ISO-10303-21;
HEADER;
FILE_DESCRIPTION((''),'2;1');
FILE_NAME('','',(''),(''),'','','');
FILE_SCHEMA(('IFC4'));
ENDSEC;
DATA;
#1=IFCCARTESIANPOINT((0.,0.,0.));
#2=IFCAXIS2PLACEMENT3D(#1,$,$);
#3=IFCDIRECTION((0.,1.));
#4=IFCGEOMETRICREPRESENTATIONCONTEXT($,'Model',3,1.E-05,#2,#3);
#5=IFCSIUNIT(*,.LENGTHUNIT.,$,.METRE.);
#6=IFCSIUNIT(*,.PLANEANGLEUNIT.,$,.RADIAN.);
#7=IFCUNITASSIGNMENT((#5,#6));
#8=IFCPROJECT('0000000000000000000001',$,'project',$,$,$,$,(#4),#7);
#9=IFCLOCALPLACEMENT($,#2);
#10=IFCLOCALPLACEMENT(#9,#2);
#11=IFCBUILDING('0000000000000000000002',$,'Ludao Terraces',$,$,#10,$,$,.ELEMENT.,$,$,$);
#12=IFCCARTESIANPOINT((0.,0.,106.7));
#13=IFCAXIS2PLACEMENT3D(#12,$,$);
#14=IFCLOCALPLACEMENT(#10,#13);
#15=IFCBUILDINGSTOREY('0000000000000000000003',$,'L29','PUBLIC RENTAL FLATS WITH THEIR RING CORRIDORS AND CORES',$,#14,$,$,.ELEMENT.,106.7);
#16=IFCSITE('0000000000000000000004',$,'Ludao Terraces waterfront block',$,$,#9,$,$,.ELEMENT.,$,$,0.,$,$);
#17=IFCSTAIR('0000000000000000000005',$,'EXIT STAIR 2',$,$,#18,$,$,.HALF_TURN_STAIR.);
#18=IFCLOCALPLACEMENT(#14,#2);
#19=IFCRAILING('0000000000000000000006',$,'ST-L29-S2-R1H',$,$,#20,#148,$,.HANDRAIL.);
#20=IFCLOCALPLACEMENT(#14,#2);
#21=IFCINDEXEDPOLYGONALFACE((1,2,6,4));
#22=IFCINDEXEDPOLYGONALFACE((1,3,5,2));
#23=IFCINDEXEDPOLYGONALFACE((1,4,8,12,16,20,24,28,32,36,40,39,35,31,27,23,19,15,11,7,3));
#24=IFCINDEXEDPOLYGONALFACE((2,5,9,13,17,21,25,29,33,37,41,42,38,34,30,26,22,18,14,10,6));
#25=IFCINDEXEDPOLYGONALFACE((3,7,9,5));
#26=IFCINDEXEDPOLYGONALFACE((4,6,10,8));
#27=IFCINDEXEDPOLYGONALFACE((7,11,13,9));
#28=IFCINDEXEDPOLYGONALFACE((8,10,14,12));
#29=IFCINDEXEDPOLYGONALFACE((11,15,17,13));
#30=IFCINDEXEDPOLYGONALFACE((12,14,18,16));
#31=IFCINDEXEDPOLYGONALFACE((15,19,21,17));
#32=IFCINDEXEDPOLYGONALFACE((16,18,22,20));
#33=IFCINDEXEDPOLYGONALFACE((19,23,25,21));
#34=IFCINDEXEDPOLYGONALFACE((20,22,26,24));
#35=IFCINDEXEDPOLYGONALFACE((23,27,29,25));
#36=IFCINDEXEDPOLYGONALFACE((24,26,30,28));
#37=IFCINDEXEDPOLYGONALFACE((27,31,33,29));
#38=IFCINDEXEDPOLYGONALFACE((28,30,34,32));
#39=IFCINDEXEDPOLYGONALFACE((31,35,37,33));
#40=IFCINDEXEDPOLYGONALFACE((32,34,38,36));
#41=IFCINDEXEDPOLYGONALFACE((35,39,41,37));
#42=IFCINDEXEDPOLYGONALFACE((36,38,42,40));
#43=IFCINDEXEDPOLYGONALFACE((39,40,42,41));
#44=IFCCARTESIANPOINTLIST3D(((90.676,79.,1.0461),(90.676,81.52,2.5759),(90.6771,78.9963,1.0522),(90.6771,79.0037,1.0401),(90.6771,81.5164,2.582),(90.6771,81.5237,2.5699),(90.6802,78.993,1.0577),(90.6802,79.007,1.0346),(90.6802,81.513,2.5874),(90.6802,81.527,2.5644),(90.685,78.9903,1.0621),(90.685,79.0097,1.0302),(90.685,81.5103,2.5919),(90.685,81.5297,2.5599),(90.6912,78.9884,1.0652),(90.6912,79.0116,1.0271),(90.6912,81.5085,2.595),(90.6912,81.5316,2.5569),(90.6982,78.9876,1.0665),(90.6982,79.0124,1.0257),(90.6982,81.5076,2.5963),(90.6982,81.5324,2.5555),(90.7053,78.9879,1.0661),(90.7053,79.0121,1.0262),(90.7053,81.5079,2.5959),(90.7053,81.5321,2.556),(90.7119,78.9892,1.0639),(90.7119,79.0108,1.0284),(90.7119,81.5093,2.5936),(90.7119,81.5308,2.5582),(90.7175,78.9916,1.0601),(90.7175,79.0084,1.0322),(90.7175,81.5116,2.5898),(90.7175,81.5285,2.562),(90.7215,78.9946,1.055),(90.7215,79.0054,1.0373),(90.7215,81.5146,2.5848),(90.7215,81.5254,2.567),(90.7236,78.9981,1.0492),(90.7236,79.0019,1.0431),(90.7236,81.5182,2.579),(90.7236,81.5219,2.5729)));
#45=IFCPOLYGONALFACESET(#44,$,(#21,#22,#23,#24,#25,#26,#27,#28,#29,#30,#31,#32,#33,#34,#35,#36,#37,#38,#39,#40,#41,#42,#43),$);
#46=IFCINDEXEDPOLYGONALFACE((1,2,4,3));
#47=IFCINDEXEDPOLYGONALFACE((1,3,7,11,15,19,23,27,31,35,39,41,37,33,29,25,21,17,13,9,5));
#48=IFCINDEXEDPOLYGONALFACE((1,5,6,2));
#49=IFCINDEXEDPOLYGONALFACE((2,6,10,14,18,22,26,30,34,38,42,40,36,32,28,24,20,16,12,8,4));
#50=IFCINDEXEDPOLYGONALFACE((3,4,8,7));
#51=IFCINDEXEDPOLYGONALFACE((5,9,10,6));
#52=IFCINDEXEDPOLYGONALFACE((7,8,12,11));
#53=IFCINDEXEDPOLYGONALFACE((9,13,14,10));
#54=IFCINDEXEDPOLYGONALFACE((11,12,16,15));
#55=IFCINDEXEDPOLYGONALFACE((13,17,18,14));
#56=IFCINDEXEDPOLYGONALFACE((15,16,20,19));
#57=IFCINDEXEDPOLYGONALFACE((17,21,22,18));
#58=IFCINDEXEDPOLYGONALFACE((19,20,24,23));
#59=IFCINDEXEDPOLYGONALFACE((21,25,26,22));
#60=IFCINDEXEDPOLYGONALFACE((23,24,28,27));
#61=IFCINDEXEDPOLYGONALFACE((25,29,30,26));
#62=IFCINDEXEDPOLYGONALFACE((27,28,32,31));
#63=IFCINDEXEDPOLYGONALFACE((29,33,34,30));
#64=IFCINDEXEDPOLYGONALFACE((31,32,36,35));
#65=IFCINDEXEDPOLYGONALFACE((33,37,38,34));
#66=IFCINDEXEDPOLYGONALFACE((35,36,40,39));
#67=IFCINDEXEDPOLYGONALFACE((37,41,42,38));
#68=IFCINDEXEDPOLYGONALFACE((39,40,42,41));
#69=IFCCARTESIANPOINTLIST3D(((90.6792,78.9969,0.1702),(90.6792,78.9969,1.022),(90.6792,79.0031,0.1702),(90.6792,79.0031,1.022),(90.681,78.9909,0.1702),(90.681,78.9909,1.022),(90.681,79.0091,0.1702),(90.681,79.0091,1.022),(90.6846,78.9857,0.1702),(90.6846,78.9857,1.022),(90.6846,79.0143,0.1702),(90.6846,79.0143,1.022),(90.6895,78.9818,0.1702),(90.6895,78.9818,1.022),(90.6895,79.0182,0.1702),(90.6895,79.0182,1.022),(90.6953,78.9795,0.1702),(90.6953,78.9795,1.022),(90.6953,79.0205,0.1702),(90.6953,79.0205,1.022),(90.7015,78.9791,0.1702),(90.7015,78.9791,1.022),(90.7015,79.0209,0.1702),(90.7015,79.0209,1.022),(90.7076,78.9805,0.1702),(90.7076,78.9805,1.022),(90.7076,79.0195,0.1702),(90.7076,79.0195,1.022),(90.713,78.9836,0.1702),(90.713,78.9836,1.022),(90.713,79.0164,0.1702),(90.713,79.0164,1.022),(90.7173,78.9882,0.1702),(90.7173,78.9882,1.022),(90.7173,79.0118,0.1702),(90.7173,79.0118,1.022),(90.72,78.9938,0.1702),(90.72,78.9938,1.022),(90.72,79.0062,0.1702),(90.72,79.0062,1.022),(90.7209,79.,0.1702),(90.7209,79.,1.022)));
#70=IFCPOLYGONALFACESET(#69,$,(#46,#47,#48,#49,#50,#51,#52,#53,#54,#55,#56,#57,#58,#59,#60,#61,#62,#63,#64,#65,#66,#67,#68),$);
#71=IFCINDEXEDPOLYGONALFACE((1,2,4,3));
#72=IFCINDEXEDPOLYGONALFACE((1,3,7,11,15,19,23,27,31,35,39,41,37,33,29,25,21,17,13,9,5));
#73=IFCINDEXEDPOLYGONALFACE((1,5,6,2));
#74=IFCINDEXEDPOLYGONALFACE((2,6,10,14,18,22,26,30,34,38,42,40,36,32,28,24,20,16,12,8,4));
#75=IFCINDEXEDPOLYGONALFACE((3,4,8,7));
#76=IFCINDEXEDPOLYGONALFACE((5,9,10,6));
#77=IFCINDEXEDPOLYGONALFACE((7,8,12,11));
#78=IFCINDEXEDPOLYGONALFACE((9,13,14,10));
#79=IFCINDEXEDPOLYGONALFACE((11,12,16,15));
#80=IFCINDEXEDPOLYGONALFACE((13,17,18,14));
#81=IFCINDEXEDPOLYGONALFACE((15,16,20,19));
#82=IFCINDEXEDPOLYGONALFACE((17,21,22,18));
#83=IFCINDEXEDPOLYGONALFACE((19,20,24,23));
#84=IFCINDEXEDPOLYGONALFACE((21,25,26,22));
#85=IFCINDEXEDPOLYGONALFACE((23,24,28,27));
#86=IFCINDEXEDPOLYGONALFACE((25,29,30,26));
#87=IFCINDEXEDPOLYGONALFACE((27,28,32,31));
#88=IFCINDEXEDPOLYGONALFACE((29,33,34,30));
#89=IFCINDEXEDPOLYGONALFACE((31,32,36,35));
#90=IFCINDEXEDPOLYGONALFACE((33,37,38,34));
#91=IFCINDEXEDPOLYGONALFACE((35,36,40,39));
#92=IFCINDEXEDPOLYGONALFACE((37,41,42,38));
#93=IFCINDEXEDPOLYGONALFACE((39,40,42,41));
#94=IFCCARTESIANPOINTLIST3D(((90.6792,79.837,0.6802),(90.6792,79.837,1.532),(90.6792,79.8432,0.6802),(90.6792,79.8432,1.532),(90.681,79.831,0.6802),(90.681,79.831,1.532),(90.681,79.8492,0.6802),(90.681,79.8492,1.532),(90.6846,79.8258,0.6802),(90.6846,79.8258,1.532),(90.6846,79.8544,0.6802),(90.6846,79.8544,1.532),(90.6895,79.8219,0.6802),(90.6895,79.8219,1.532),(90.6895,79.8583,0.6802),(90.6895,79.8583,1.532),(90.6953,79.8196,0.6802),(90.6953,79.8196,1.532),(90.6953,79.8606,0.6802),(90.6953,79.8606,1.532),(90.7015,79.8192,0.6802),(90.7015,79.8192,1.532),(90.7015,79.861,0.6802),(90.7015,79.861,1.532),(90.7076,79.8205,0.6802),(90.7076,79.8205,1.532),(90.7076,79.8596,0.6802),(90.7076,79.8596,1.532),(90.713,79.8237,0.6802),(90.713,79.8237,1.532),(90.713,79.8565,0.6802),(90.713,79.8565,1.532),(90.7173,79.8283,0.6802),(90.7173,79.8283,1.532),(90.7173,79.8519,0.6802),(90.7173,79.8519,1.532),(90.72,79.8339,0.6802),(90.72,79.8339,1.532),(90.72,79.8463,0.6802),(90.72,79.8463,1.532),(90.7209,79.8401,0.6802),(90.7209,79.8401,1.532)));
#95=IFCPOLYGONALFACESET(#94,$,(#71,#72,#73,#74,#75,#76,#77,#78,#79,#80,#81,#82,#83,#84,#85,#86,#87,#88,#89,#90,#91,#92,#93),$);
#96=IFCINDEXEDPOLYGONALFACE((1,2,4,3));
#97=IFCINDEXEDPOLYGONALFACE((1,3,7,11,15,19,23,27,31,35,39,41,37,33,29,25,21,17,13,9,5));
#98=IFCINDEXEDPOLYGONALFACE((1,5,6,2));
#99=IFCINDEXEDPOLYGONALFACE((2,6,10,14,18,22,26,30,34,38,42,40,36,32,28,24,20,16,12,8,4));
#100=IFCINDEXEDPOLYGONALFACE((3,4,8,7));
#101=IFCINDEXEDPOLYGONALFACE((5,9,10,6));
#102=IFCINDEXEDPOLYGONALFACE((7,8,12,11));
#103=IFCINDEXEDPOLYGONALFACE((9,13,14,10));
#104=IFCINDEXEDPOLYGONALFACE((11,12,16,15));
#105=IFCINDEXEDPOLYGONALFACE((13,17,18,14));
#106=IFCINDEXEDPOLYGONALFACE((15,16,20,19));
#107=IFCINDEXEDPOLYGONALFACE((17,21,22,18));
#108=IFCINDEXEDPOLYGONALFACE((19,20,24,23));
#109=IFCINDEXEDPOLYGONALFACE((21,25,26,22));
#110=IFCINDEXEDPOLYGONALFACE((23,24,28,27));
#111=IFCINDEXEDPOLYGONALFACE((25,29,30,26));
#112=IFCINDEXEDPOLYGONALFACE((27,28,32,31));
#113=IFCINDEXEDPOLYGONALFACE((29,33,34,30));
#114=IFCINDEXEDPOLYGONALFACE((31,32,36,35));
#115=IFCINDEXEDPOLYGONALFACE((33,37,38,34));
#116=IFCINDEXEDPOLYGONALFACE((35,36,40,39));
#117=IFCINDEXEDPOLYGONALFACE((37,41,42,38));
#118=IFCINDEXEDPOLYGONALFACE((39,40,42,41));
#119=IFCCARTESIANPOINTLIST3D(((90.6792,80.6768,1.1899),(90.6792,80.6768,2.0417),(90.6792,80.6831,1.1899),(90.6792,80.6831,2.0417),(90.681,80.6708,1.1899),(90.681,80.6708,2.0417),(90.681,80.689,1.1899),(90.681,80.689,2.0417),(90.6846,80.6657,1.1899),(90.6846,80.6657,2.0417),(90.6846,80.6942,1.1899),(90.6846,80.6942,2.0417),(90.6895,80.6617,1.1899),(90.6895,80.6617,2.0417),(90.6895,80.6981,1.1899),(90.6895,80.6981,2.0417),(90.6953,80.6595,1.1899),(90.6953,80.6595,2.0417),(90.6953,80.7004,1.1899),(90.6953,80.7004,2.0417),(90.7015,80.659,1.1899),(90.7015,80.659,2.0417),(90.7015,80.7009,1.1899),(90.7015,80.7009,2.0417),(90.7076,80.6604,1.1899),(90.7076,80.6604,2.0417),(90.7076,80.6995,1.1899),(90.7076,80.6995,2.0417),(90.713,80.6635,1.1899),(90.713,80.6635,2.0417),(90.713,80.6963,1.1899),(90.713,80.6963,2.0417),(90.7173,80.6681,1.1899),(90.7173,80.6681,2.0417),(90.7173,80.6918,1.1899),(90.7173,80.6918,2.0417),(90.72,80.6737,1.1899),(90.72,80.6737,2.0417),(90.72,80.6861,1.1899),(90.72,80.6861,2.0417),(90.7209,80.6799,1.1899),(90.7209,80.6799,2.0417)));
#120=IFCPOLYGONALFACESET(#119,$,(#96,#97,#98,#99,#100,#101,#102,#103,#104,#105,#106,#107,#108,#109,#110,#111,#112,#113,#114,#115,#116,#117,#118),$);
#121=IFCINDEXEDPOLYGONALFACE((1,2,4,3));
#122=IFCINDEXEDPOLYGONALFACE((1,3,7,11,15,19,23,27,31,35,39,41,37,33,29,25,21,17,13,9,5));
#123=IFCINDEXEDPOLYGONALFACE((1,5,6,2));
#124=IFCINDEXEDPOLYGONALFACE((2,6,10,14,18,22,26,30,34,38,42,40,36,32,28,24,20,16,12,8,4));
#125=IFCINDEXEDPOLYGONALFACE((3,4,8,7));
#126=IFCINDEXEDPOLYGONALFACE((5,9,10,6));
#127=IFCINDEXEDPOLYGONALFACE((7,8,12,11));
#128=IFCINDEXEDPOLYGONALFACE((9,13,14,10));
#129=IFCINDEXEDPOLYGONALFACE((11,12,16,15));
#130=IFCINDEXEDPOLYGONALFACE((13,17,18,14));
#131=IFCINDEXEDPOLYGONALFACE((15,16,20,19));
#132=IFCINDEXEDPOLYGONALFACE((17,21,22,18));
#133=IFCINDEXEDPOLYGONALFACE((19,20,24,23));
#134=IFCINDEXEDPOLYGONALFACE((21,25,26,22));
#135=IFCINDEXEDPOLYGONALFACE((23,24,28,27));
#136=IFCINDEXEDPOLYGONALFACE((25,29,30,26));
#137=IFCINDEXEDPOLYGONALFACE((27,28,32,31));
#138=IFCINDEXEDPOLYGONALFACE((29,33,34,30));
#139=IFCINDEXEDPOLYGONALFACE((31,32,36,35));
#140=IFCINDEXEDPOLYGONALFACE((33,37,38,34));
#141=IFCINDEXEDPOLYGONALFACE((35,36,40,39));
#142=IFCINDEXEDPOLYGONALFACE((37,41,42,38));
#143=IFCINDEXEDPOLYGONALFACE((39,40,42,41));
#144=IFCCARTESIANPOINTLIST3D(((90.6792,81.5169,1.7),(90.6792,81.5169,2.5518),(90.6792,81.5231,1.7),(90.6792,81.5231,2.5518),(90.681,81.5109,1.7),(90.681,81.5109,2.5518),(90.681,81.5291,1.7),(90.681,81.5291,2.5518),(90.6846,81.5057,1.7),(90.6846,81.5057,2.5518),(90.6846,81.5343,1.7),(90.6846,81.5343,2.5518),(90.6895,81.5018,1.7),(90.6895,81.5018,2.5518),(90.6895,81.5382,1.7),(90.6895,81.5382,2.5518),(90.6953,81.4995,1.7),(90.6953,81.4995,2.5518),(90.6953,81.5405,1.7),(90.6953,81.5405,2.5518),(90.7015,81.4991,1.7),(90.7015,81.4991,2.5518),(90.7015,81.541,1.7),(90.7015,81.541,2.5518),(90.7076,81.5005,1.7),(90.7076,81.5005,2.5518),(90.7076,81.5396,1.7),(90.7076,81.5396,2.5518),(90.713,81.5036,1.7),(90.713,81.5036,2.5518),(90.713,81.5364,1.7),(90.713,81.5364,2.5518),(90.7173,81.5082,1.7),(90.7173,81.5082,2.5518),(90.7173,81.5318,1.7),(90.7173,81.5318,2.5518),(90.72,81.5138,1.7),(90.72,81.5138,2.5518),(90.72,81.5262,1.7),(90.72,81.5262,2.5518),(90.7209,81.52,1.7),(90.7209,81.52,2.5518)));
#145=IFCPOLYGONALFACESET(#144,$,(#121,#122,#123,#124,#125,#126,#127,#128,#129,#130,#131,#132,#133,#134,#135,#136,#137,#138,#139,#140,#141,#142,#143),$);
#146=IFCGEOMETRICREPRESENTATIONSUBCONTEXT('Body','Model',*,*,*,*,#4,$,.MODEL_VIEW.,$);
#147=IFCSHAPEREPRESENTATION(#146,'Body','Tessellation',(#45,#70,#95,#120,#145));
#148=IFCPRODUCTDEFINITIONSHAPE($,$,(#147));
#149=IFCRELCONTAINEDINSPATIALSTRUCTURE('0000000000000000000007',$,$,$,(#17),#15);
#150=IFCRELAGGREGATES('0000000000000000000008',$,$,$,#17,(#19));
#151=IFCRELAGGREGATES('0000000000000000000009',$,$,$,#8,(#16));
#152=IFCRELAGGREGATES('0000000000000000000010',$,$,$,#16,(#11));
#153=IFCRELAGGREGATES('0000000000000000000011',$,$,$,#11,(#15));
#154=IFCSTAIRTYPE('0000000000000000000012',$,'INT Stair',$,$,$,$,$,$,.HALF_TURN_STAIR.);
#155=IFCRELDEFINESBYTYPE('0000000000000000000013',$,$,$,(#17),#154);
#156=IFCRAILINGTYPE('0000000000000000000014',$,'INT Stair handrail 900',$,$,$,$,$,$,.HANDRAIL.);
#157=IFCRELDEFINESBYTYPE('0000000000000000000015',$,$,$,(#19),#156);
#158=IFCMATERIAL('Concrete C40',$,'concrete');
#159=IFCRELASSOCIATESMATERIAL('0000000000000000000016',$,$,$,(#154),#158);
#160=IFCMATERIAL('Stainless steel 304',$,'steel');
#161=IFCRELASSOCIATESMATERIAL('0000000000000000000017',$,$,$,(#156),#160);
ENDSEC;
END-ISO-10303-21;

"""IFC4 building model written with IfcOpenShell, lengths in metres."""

from ifc_helpers import new_model, si_unit, direction, frame, origin, origin_2d, place, context, subcontext, project, spatial, circle, extrude, material, type_object, element, aggregate, save


model = new_model("IFC4")

# Units and contexts
model_context = context("Model", 3, precision=1e-05, world=origin(), true_north=direction((0.0, 1.0)))
body_context = subcontext(model_context, "Body", "Model", "MODEL_VIEW")
ifc_project = project(units=[si_unit("LENGTHUNIT", "METRE"), si_unit("PLANEANGLEUNIT", "RADIAN")], contexts=[model_context])

# Site, building, storey
site_placement = place(None, origin())
site = spatial("IfcSite", under=ifc_project, at=site_placement, Name="Ludao Terraces waterfront block", CompositionType="ELEMENT", RefElevation=0.0)
building_placement = place(site_placement, origin())
building = spatial("IfcBuilding", under=site, at=building_placement, Name="Ludao Terraces", CompositionType="ELEMENT")
storey_placement = place(building_placement, frame((0.0, 0.0, 106.7)))
storey = spatial("IfcBuildingStorey", under=building, at=storey_placement, Name="L29", Description="PUBLIC RENTAL FLATS WITH THEIR RING CORRIDORS AND CORES", CompositionType="ELEMENT", Elevation=106.7)

# Shared definitions
ifc_material_1 = material(Name="Stainless steel 304", Category="steel")

# Stair, railing
ifc_material_2 = material(Name="Concrete C40", Category="concrete")
stair_type = type_object("IfcStairType", Name="INT Stair", PredefinedType="HALF_TURN_STAIR", material=ifc_material_2)
stair_placement = place(storey_placement, origin())
stair = element("IfcStair", 1, at=stair_placement, inside=storey, type_object=stair_type, Name="EXIT STAIR 2", PredefinedType="HALF_TURN_STAIR")
railing_type_1 = type_object("IfcRailingType", Name="INT Stair handrail 900", PredefinedType="HANDRAIL", material=ifc_material_1)
railing_1_placement = place(storey_placement, frame((90.7, 79.0, 0.1702)))
railing_1 = element("IfcRailing", 2, at=railing_1_placement, type_object=railing_type_1, Name="ST-L29-S2-R1H", PredefinedType="HANDRAIL", context=body_context, shape_type="SweptSolid", body=[
    extrude(circle(Radius=0.0239, at=origin_2d()), frame((0.0, 0.0, 0.876), z_axis=(0.0, 0.854822, 0.518922), x_axis=(-1.0, 0.0, 0.0)), (0.0, 0.0, 1.0), 2.948),
    extrude(circle(Radius=0.021, at=origin_2d()), origin(), (0.0, 0.0, 1.0), 0.8518),
    extrude(circle(Radius=0.021, at=origin_2d()), frame((0.0, 0.8401, 0.51)), (0.0, 0.0, 1.0), 0.8518),
    extrude(circle(Radius=0.021, at=origin_2d()), frame((0.0, 1.6799, 1.0198)), (0.0, 0.0, 1.0), 0.8518),
    extrude(circle(Radius=0.021, at=origin_2d()), frame((0.0, 2.52, 1.5298)), (0.0, 0.0, 1.0), 0.8518),
])
aggregate(stair, [railing_1])

save(model, "model.ifc")
